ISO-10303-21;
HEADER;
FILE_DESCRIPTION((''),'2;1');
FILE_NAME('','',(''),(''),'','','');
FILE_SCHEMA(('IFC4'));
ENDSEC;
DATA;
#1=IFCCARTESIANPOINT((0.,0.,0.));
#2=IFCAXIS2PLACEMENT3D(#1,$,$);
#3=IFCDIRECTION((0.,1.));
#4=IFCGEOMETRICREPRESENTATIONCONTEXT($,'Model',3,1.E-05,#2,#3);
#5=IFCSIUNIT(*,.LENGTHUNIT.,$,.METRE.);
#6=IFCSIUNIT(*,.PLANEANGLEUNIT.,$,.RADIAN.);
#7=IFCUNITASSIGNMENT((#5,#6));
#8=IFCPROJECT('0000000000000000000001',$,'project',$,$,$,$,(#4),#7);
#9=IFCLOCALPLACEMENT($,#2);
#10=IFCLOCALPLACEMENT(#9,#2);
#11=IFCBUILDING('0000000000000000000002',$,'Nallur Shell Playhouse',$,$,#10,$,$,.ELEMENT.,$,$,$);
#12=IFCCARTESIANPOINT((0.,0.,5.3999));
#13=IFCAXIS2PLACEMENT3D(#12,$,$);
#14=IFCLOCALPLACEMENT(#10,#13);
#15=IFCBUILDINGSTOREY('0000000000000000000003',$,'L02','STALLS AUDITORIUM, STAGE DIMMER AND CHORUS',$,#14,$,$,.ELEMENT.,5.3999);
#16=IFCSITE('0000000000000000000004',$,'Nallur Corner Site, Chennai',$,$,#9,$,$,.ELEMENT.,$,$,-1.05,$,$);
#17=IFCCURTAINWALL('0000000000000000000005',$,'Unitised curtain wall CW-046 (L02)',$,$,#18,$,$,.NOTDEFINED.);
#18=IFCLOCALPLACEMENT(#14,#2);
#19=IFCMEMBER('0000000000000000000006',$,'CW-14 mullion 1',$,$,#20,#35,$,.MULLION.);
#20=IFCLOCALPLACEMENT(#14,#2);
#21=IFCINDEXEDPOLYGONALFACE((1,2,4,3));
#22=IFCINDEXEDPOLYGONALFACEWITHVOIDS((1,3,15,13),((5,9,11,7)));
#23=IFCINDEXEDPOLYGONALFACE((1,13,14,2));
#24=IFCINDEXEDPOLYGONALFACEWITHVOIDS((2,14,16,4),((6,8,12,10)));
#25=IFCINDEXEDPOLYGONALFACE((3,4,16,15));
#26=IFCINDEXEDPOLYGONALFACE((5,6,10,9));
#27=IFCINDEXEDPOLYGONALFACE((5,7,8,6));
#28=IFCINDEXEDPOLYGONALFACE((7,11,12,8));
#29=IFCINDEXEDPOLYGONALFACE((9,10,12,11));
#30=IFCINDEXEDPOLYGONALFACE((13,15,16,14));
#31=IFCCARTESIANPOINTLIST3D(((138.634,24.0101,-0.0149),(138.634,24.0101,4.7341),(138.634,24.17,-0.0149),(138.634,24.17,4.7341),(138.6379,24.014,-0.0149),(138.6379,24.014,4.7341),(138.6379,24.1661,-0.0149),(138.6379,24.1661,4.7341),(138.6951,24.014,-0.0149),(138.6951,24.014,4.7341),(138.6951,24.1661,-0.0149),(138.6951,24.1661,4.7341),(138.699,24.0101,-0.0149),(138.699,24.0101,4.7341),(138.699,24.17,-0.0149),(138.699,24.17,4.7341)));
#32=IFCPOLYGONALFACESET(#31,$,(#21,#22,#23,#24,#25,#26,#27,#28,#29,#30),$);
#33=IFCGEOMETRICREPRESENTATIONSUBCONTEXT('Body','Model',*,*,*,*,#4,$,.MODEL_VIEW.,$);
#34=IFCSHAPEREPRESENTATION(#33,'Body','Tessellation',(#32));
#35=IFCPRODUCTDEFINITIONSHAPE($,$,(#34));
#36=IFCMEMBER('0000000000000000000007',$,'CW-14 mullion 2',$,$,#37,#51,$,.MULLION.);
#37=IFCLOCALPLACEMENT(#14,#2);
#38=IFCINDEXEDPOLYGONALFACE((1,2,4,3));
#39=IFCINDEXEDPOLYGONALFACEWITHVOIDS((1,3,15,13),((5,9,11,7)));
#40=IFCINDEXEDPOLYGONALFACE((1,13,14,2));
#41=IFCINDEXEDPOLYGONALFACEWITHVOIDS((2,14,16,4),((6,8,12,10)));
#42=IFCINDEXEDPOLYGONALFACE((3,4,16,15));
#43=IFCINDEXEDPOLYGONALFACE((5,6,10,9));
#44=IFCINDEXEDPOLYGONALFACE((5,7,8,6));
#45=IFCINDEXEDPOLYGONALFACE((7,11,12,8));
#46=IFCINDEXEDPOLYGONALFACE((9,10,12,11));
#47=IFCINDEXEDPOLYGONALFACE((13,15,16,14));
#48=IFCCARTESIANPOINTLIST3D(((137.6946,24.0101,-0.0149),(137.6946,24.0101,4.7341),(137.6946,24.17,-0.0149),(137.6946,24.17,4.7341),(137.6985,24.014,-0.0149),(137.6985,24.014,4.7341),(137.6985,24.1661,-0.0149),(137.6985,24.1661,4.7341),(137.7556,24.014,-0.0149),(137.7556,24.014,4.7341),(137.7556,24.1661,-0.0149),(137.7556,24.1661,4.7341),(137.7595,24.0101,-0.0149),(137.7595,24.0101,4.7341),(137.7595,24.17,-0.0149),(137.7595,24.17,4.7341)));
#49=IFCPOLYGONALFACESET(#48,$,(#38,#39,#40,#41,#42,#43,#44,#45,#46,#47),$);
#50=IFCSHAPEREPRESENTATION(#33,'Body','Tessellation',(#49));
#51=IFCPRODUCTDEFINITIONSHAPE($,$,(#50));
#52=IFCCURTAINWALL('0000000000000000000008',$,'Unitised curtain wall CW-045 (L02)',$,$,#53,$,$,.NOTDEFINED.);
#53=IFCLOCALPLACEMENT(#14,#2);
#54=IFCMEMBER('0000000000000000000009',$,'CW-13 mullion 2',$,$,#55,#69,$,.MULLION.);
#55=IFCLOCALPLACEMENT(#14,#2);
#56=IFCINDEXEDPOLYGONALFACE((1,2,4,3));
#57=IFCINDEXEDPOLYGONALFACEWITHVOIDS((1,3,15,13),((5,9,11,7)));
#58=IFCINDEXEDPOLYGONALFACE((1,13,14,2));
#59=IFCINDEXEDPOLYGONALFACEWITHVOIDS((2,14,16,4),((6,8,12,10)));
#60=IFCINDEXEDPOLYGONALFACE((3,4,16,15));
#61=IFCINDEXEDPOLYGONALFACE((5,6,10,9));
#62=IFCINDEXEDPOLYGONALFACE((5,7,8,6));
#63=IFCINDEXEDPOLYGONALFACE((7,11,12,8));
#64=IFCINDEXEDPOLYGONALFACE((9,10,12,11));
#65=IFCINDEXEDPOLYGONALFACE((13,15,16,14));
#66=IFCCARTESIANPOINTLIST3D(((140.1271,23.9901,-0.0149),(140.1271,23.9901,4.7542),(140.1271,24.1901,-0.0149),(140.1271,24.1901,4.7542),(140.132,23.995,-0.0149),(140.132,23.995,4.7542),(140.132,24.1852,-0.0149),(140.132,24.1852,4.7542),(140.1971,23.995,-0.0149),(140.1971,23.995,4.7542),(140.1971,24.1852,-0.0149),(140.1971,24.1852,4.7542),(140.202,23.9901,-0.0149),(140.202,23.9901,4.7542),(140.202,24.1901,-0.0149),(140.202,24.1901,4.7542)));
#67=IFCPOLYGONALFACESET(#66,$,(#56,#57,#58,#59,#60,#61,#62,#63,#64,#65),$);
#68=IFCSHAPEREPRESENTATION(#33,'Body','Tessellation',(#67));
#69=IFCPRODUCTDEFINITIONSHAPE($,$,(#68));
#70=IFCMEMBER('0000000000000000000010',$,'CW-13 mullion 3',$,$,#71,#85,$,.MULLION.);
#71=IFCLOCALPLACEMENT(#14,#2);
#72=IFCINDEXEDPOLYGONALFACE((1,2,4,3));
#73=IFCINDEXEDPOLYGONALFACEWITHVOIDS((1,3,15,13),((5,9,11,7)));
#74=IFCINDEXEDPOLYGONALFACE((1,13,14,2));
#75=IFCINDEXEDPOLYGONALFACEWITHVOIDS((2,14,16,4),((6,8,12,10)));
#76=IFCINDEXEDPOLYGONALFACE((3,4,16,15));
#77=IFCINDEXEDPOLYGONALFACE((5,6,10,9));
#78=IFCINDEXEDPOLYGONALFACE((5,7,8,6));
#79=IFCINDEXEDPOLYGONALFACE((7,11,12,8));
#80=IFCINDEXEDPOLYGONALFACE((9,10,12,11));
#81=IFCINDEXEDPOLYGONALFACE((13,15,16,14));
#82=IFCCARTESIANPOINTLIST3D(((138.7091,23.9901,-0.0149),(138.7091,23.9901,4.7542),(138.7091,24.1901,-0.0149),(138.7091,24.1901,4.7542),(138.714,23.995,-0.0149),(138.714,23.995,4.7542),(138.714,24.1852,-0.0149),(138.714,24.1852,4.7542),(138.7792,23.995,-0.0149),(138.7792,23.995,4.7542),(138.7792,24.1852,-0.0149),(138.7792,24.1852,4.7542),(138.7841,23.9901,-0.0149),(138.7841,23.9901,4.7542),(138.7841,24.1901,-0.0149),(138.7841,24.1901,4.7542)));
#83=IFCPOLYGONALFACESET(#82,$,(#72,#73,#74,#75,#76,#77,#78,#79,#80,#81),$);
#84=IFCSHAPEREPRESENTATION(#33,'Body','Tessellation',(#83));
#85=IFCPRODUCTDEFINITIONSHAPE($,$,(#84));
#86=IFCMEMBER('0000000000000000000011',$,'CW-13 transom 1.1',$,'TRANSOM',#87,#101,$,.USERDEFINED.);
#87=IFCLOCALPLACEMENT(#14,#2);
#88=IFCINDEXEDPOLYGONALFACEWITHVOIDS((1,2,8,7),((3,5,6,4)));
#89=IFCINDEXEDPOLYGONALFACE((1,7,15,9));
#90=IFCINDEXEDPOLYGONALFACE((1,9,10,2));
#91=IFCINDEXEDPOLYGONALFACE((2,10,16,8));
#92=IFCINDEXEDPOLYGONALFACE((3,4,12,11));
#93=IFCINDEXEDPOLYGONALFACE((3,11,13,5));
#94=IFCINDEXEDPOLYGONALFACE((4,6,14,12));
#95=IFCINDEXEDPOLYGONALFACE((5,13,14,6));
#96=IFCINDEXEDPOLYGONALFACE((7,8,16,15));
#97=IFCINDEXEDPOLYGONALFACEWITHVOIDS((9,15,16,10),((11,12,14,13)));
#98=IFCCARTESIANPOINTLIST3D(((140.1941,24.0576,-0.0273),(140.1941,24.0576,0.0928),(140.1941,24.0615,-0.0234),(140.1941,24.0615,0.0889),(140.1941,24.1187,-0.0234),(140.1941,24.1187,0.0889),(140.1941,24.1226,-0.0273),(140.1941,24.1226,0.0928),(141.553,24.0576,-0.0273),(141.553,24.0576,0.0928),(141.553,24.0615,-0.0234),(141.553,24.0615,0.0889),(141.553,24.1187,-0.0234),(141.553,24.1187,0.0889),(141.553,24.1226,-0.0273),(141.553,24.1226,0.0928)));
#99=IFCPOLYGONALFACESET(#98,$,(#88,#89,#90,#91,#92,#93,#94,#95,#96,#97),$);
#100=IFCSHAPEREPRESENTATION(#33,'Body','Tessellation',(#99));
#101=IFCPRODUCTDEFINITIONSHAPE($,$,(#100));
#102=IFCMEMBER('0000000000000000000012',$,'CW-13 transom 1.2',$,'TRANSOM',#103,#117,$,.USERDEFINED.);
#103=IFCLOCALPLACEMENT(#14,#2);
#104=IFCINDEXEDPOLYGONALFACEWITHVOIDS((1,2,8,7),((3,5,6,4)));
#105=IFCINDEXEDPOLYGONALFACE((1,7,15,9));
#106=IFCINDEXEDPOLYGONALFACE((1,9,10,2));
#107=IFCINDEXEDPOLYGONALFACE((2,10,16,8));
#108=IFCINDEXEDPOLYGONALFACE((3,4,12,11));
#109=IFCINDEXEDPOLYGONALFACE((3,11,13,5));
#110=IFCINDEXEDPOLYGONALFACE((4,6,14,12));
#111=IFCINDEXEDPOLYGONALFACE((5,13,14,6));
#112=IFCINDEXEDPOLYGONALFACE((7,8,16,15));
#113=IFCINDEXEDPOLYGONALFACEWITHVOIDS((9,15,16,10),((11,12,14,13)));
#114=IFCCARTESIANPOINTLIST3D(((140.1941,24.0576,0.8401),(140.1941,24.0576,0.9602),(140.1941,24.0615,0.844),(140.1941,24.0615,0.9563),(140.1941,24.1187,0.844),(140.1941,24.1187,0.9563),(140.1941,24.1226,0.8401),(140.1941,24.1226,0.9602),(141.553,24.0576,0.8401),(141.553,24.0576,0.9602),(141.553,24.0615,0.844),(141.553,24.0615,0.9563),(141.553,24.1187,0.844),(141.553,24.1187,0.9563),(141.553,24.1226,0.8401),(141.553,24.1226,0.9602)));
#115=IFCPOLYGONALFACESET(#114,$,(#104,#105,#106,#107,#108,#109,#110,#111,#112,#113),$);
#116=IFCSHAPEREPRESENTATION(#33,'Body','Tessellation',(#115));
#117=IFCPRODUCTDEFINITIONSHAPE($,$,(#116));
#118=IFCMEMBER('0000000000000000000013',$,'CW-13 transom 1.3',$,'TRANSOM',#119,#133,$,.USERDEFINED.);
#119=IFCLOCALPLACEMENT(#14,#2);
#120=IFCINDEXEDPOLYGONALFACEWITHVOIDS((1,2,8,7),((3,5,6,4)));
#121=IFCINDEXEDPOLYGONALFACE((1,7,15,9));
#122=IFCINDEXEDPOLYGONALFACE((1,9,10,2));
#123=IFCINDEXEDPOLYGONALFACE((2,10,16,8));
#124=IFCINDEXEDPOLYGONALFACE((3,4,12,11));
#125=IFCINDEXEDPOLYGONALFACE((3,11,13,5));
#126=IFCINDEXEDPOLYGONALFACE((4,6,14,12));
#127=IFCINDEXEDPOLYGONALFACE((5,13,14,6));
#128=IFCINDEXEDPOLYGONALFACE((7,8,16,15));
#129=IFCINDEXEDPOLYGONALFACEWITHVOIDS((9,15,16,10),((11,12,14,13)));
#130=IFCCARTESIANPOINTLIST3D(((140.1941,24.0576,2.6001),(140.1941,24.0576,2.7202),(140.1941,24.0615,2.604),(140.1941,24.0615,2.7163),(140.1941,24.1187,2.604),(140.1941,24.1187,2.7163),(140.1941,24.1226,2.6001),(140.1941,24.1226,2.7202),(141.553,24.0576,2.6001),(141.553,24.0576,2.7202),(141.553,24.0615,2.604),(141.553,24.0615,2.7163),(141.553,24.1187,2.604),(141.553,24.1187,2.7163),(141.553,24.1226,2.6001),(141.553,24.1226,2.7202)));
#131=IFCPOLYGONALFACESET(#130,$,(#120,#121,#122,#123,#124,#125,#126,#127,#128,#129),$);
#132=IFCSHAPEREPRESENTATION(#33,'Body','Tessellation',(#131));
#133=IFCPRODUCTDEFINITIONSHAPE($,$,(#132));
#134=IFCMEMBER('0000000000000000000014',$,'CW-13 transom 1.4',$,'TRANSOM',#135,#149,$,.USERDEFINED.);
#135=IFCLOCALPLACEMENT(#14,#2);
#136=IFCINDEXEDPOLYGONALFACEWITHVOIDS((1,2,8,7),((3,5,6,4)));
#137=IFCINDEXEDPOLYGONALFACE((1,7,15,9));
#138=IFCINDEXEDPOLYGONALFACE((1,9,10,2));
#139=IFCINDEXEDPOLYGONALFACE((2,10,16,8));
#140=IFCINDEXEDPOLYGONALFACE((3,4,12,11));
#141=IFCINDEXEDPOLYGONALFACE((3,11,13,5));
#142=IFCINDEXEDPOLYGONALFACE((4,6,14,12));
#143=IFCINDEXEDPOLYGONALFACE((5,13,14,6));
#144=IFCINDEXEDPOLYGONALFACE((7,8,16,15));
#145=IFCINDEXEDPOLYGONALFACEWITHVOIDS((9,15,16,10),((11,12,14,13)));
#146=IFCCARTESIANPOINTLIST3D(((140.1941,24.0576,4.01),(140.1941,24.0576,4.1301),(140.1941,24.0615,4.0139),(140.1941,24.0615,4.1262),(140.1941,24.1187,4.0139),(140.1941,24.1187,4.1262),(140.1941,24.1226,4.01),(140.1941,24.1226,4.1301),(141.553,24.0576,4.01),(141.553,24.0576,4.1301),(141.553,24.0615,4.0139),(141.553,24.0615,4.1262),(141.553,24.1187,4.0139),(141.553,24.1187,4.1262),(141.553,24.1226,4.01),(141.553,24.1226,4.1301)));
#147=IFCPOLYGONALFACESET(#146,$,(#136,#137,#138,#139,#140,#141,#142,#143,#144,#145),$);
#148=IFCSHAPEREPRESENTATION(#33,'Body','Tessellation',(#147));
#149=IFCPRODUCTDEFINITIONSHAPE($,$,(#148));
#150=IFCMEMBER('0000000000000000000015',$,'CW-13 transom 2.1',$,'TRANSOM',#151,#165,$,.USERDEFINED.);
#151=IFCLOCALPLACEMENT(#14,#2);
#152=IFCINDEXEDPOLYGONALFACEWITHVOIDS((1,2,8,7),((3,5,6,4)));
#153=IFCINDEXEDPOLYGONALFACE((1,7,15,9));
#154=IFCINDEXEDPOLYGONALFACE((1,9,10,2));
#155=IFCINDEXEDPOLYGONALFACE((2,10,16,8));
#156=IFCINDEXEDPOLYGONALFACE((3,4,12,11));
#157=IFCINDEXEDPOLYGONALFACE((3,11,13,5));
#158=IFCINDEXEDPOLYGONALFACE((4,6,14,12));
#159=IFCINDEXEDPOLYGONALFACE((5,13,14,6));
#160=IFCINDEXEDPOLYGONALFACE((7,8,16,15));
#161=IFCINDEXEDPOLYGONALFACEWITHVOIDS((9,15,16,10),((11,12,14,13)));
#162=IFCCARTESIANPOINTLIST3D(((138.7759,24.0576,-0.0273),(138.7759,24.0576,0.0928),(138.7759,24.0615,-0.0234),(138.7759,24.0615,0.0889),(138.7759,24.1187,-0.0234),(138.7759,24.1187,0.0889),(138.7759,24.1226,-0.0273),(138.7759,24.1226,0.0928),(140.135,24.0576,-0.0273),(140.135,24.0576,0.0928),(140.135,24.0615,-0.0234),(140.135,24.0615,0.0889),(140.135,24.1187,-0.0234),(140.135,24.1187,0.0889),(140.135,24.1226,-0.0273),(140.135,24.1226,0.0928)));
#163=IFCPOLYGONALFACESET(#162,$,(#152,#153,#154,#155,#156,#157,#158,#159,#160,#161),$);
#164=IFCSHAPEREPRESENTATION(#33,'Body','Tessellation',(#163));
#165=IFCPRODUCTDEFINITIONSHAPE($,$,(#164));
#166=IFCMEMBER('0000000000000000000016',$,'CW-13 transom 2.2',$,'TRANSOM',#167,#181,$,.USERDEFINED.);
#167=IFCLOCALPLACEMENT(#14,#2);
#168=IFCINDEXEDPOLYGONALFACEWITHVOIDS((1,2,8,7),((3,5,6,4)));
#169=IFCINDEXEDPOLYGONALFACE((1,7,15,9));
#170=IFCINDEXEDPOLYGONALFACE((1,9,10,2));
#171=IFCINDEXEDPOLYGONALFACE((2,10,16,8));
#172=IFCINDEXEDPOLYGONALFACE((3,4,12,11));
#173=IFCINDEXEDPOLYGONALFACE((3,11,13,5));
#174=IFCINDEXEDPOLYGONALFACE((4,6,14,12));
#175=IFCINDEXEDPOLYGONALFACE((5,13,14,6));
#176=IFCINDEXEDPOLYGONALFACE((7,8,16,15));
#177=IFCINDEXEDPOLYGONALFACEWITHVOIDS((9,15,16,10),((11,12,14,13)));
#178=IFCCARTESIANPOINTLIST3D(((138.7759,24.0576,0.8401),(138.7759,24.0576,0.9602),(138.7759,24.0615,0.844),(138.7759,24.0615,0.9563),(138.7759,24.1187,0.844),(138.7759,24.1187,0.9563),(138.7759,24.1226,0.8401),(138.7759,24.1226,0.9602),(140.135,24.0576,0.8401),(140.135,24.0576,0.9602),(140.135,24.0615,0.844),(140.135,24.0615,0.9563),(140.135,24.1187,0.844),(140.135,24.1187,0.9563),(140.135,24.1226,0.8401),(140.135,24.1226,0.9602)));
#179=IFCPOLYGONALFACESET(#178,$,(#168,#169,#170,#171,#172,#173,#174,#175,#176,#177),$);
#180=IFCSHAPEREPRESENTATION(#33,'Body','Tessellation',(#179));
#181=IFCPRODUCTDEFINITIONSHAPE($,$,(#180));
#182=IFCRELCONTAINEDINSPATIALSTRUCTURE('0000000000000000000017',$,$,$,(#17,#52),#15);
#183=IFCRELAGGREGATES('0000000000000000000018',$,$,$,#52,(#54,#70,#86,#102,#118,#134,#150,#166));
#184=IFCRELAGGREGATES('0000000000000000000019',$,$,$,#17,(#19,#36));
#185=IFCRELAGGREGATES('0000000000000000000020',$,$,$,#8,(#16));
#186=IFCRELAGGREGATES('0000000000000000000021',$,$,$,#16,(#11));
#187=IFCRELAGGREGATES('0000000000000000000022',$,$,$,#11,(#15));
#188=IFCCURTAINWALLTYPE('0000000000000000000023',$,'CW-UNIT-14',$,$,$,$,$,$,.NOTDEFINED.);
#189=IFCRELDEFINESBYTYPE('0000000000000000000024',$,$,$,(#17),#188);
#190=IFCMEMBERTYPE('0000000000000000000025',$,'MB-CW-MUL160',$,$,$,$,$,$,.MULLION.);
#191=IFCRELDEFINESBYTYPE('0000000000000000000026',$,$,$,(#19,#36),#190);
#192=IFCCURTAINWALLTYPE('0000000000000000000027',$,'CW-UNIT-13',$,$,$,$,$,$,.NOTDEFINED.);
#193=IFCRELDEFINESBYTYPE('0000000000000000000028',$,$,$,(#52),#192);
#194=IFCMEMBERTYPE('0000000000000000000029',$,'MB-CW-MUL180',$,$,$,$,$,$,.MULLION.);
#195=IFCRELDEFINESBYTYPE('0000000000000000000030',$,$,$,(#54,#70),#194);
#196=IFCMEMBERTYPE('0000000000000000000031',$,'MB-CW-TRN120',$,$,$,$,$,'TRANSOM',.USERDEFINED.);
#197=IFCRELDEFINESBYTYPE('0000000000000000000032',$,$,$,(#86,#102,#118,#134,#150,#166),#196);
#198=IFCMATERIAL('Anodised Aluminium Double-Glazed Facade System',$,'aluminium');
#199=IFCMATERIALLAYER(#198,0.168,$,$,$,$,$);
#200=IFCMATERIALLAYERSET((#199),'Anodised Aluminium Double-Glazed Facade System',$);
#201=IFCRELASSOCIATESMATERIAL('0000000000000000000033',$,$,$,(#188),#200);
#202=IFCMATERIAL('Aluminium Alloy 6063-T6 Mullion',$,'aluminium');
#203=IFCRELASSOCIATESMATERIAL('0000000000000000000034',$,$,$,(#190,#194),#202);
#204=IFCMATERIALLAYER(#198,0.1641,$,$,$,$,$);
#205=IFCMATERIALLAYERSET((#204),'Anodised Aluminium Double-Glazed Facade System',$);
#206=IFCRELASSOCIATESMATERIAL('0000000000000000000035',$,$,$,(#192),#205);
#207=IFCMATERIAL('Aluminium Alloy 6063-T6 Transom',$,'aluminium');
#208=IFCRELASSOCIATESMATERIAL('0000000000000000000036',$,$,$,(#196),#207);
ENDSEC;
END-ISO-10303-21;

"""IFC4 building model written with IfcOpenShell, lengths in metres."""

from ifc_helpers import new_model, si_unit, direction, frame, origin, origin_2d, place, context, subcontext, project, spatial, hollow_rectangle, extrude, material, layer, layer_set, material_profile, profile_set, type_object, element, aggregate, save


model = new_model("IFC4")

# Units and contexts
model_context = context("Model", 3, precision=1e-05, world=origin(), true_north=direction((0.0, 1.0)))
body_context = subcontext(model_context, "Body", "Model", "MODEL_VIEW")
ifc_project = project(units=[si_unit("LENGTHUNIT", "METRE"), si_unit("PLANEANGLEUNIT", "RADIAN")], contexts=[model_context])

# Site, building, storey
site_placement = place(None, origin())
site = spatial("IfcSite", under=ifc_project, at=site_placement, Name="Nallur Corner Site, Chennai", CompositionType="ELEMENT", RefElevation=-1.05)
building_placement = place(site_placement, origin())
building = spatial("IfcBuilding", under=site, at=building_placement, Name="Nallur Shell Playhouse", CompositionType="ELEMENT")
storey_placement = place(building_placement, frame((0.0, 0.0, 5.3999)))
storey = spatial("IfcBuildingStorey", under=building, at=storey_placement, Name="L02", Description="STALLS AUDITORIUM, STAGE DIMMER AND CHORUS", CompositionType="ELEMENT", Elevation=5.3999)

# Curtain walls, members
ifc_material_1 = material(Name="Anodised Aluminium Double-Glazed Facade System", Category="aluminium")
ifc_layer_1 = layer(ifc_material_1, 0.168)
ifc_layer_set_1 = layer_set([ifc_layer_1], Name="Anodised Aluminium Double-Glazed Facade System")
curtain_wall_type_1 = type_object("IfcCurtainWallType", Name="CW-UNIT-14", PredefinedType="NOTDEFINED", material=ifc_layer_set_1)
curtain_wall_1_placement = place(storey_placement, origin())
curtain_wall_1 = element("IfcCurtainWall", 1, at=curtain_wall_1_placement, inside=storey, type_object=curtain_wall_type_1, Name="Unitised curtain wall CW-046 (L02)", PredefinedType="NOTDEFINED")
ifc_material_2 = material(Name="Aluminium Alloy 6063-T6 Mullion", Category="aluminium")
ifc_material_profile_1 = material_profile(ifc_material_2, hollow_rectangle(XDim=0.0649, YDim=0.1599, WallThickness=0.0039, at=origin_2d()), Name="ALU 65x160x4")
ifc_profile_set_1 = profile_set([ifc_material_profile_1], Name="Aluminium Alloy 6063-T6 Mullion")
member_type_1 = type_object("IfcMemberType", Name="MB-CW-MUL160", PredefinedType="MULLION", material=ifc_profile_set_1)
member_1_placement = place(storey_placement, frame((138.6665, 24.0901, -0.0149), z_axis=(0.0, 0.0, 1.0), x_axis=(-1.0, 0.0, 0.0)))
member_1 = element("IfcMember", 2, at=member_1_placement, type_object=member_type_1, Name="CW-14 mullion 1", PredefinedType="MULLION", context=body_context, shape_type="SweptSolid", body=[
    extrude(hollow_rectangle(XDim=0.0649, YDim=0.1599, WallThickness=0.0039, at=origin_2d()), origin(), (0.0, 0.0, 1.0), 4.749),
])
member_2_placement = place(storey_placement, frame((137.7271, 24.0901, -0.0149), z_axis=(0.0, 0.0, 1.0), x_axis=(-1.0, 0.0, 0.0)))
member_2 = element("IfcMember", 3, at=member_2_placement, type_object=member_type_1, Name="CW-14 mullion 2", PredefinedType="MULLION", context=body_context, shape_type="SweptSolid", body=[
    extrude(hollow_rectangle(XDim=0.0649, YDim=0.1599, WallThickness=0.0039, at=origin_2d()), origin(), (0.0, 0.0, 1.0), 4.749),
])
ifc_layer_2 = layer(ifc_material_1, 0.1641)
ifc_layer_set_2 = layer_set([ifc_layer_2], Name="Anodised Aluminium Double-Glazed Facade System")
curtain_wall_type_2 = type_object("IfcCurtainWallType", Name="CW-UNIT-13", PredefinedType="NOTDEFINED", material=ifc_layer_set_2)
curtain_wall_2_placement = place(storey_placement, origin())
curtain_wall_2 = element("IfcCurtainWall", 4, at=curtain_wall_2_placement, inside=storey, type_object=curtain_wall_type_2, Name="Unitised curtain wall CW-045 (L02)", PredefinedType="NOTDEFINED")
ifc_material_profile_2 = material_profile(ifc_material_2, hollow_rectangle(XDim=0.075, YDim=0.2, WallThickness=0.0049, at=origin_2d()), Name="ALU 75x200x5")
ifc_profile_set_2 = profile_set([ifc_material_profile_2], Name="Aluminium Alloy 6063-T6 Mullion")
member_type_2 = type_object("IfcMemberType", Name="MB-CW-MUL180", PredefinedType="MULLION", material=ifc_profile_set_2)
member_3_placement = place(storey_placement, frame((140.1646, 24.0901, -0.0149), z_axis=(0.0, 0.0, 1.0), x_axis=(-1.0, 0.0, 0.0)))
member_3 = element("IfcMember", 5, at=member_3_placement, type_object=member_type_2, Name="CW-13 mullion 2", PredefinedType="MULLION", context=body_context, shape_type="SweptSolid", body=[
    extrude(hollow_rectangle(XDim=0.075, YDim=0.2, WallThickness=0.0049, at=origin_2d()), origin(), (0.0, 0.0, 1.0), 4.769),
])
member_4_placement = place(storey_placement, frame((138.7466, 24.0901, -0.0149), z_axis=(0.0, 0.0, 1.0), x_axis=(-1.0, 0.0, 0.0)))
member_4 = element("IfcMember", 6, at=member_4_placement, type_object=member_type_2, Name="CW-13 mullion 3", PredefinedType="MULLION", context=body_context, shape_type="SweptSolid", body=[
    extrude(hollow_rectangle(XDim=0.075, YDim=0.2, WallThickness=0.0049, at=origin_2d()), origin(), (0.0, 0.0, 1.0), 4.769),
])
ifc_material_3 = material(Name="Aluminium Alloy 6063-T6 Transom", Category="aluminium")
ifc_material_profile_3 = material_profile(ifc_material_3, hollow_rectangle(XDim=0.0649, YDim=0.1201, WallThickness=0.0039, at=origin_2d()), Name="ALU 65x120x4")
ifc_profile_set_3 = profile_set([ifc_material_profile_3], Name="Aluminium Alloy 6063-T6 Transom")
member_type_3 = type_object("IfcMemberType", Name="MB-CW-TRN120", ElementType="TRANSOM", PredefinedType="USERDEFINED", material=ifc_profile_set_3)
member_5_placement = place(storey_placement, frame((141.553, 24.0901, 0.0327), z_axis=(-1.0, 0.0, 0.0), x_axis=(0.0, -1.0, 0.0)))
member_5 = element("IfcMember", 7, at=member_5_placement, type_object=member_type_3, Name="CW-13 transom 1.1", ObjectType="TRANSOM", PredefinedType="USERDEFINED", context=body_context, shape_type="SweptSolid", body=[
    extrude(hollow_rectangle(XDim=0.0649, YDim=0.1201, WallThickness=0.0039, at=origin_2d()), origin(), (0.0, 0.0, 1.0), 1.3589),
])
member_6_placement = place(storey_placement, frame((141.553, 24.0901, 0.9001), z_axis=(-1.0, 0.0, 0.0), x_axis=(0.0, -1.0, 0.0)))
member_6 = element("IfcMember", 8, at=member_6_placement, type_object=member_type_3, Name="CW-13 transom 1.2", ObjectType="TRANSOM", PredefinedType="USERDEFINED", context=body_context, shape_type="SweptSolid", body=[
    extrude(hollow_rectangle(XDim=0.0649, YDim=0.1201, WallThickness=0.0039, at=origin_2d()), origin(), (0.0, 0.0, 1.0), 1.3589),
])
member_7_placement = place(storey_placement, frame((141.553, 24.0901, 2.6602), z_axis=(-1.0, 0.0, 0.0), x_axis=(0.0, -1.0, 0.0)))
member_7 = element("IfcMember", 9, at=member_7_placement, type_object=member_type_3, Name="CW-13 transom 1.3", ObjectType="TRANSOM", PredefinedType="USERDEFINED", context=body_context, shape_type="SweptSolid", body=[
    extrude(hollow_rectangle(XDim=0.0649, YDim=0.1201, WallThickness=0.0039, at=origin_2d()), origin(), (0.0, 0.0, 1.0), 1.3589),
])
member_8_placement = place(storey_placement, frame((141.553, 24.0901, 4.0701), z_axis=(-1.0, 0.0, 0.0), x_axis=(0.0, -1.0, 0.0)))
member_8 = element("IfcMember", 10, at=member_8_placement, type_object=member_type_3, Name="CW-13 transom 1.4", ObjectType="TRANSOM", PredefinedType="USERDEFINED", context=body_context, shape_type="SweptSolid", body=[
    extrude(hollow_rectangle(XDim=0.0649, YDim=0.1201, WallThickness=0.0039, at=origin_2d()), origin(), (0.0, 0.0, 1.0), 1.3589),
])
member_9_placement = place(storey_placement, frame((140.135, 24.0901, 0.0327), z_axis=(-1.0, 0.0, 0.0), x_axis=(0.0, -1.0, 0.0)))
member_9 = element("IfcMember", 11, at=member_9_placement, type_object=member_type_3, Name="CW-13 transom 2.1", ObjectType="TRANSOM", PredefinedType="USERDEFINED", context=body_context, shape_type="SweptSolid", body=[
    extrude(hollow_rectangle(XDim=0.0649, YDim=0.1201, WallThickness=0.0039, at=origin_2d()), origin(), (0.0, 0.0, 1.0), 1.3591),
])
member_10_placement = place(storey_placement, frame((140.135, 24.0901, 0.9001), z_axis=(-1.0, 0.0, 0.0), x_axis=(0.0, -1.0, 0.0)))
member_10 = element("IfcMember", 12, at=member_10_placement, type_object=member_type_3, Name="CW-13 transom 2.2", ObjectType="TRANSOM", PredefinedType="USERDEFINED", context=body_context, shape_type="SweptSolid", body=[
    extrude(hollow_rectangle(XDim=0.0649, YDim=0.1201, WallThickness=0.0039, at=origin_2d()), origin(), (0.0, 0.0, 1.0), 1.3591),
])

aggregate(curtain_wall_2, [member_3, member_4, member_5, member_6, member_7, member_8, member_9, member_10])
aggregate(curtain_wall_1, [member_1, member_2])

save(model, "model.ifc")
